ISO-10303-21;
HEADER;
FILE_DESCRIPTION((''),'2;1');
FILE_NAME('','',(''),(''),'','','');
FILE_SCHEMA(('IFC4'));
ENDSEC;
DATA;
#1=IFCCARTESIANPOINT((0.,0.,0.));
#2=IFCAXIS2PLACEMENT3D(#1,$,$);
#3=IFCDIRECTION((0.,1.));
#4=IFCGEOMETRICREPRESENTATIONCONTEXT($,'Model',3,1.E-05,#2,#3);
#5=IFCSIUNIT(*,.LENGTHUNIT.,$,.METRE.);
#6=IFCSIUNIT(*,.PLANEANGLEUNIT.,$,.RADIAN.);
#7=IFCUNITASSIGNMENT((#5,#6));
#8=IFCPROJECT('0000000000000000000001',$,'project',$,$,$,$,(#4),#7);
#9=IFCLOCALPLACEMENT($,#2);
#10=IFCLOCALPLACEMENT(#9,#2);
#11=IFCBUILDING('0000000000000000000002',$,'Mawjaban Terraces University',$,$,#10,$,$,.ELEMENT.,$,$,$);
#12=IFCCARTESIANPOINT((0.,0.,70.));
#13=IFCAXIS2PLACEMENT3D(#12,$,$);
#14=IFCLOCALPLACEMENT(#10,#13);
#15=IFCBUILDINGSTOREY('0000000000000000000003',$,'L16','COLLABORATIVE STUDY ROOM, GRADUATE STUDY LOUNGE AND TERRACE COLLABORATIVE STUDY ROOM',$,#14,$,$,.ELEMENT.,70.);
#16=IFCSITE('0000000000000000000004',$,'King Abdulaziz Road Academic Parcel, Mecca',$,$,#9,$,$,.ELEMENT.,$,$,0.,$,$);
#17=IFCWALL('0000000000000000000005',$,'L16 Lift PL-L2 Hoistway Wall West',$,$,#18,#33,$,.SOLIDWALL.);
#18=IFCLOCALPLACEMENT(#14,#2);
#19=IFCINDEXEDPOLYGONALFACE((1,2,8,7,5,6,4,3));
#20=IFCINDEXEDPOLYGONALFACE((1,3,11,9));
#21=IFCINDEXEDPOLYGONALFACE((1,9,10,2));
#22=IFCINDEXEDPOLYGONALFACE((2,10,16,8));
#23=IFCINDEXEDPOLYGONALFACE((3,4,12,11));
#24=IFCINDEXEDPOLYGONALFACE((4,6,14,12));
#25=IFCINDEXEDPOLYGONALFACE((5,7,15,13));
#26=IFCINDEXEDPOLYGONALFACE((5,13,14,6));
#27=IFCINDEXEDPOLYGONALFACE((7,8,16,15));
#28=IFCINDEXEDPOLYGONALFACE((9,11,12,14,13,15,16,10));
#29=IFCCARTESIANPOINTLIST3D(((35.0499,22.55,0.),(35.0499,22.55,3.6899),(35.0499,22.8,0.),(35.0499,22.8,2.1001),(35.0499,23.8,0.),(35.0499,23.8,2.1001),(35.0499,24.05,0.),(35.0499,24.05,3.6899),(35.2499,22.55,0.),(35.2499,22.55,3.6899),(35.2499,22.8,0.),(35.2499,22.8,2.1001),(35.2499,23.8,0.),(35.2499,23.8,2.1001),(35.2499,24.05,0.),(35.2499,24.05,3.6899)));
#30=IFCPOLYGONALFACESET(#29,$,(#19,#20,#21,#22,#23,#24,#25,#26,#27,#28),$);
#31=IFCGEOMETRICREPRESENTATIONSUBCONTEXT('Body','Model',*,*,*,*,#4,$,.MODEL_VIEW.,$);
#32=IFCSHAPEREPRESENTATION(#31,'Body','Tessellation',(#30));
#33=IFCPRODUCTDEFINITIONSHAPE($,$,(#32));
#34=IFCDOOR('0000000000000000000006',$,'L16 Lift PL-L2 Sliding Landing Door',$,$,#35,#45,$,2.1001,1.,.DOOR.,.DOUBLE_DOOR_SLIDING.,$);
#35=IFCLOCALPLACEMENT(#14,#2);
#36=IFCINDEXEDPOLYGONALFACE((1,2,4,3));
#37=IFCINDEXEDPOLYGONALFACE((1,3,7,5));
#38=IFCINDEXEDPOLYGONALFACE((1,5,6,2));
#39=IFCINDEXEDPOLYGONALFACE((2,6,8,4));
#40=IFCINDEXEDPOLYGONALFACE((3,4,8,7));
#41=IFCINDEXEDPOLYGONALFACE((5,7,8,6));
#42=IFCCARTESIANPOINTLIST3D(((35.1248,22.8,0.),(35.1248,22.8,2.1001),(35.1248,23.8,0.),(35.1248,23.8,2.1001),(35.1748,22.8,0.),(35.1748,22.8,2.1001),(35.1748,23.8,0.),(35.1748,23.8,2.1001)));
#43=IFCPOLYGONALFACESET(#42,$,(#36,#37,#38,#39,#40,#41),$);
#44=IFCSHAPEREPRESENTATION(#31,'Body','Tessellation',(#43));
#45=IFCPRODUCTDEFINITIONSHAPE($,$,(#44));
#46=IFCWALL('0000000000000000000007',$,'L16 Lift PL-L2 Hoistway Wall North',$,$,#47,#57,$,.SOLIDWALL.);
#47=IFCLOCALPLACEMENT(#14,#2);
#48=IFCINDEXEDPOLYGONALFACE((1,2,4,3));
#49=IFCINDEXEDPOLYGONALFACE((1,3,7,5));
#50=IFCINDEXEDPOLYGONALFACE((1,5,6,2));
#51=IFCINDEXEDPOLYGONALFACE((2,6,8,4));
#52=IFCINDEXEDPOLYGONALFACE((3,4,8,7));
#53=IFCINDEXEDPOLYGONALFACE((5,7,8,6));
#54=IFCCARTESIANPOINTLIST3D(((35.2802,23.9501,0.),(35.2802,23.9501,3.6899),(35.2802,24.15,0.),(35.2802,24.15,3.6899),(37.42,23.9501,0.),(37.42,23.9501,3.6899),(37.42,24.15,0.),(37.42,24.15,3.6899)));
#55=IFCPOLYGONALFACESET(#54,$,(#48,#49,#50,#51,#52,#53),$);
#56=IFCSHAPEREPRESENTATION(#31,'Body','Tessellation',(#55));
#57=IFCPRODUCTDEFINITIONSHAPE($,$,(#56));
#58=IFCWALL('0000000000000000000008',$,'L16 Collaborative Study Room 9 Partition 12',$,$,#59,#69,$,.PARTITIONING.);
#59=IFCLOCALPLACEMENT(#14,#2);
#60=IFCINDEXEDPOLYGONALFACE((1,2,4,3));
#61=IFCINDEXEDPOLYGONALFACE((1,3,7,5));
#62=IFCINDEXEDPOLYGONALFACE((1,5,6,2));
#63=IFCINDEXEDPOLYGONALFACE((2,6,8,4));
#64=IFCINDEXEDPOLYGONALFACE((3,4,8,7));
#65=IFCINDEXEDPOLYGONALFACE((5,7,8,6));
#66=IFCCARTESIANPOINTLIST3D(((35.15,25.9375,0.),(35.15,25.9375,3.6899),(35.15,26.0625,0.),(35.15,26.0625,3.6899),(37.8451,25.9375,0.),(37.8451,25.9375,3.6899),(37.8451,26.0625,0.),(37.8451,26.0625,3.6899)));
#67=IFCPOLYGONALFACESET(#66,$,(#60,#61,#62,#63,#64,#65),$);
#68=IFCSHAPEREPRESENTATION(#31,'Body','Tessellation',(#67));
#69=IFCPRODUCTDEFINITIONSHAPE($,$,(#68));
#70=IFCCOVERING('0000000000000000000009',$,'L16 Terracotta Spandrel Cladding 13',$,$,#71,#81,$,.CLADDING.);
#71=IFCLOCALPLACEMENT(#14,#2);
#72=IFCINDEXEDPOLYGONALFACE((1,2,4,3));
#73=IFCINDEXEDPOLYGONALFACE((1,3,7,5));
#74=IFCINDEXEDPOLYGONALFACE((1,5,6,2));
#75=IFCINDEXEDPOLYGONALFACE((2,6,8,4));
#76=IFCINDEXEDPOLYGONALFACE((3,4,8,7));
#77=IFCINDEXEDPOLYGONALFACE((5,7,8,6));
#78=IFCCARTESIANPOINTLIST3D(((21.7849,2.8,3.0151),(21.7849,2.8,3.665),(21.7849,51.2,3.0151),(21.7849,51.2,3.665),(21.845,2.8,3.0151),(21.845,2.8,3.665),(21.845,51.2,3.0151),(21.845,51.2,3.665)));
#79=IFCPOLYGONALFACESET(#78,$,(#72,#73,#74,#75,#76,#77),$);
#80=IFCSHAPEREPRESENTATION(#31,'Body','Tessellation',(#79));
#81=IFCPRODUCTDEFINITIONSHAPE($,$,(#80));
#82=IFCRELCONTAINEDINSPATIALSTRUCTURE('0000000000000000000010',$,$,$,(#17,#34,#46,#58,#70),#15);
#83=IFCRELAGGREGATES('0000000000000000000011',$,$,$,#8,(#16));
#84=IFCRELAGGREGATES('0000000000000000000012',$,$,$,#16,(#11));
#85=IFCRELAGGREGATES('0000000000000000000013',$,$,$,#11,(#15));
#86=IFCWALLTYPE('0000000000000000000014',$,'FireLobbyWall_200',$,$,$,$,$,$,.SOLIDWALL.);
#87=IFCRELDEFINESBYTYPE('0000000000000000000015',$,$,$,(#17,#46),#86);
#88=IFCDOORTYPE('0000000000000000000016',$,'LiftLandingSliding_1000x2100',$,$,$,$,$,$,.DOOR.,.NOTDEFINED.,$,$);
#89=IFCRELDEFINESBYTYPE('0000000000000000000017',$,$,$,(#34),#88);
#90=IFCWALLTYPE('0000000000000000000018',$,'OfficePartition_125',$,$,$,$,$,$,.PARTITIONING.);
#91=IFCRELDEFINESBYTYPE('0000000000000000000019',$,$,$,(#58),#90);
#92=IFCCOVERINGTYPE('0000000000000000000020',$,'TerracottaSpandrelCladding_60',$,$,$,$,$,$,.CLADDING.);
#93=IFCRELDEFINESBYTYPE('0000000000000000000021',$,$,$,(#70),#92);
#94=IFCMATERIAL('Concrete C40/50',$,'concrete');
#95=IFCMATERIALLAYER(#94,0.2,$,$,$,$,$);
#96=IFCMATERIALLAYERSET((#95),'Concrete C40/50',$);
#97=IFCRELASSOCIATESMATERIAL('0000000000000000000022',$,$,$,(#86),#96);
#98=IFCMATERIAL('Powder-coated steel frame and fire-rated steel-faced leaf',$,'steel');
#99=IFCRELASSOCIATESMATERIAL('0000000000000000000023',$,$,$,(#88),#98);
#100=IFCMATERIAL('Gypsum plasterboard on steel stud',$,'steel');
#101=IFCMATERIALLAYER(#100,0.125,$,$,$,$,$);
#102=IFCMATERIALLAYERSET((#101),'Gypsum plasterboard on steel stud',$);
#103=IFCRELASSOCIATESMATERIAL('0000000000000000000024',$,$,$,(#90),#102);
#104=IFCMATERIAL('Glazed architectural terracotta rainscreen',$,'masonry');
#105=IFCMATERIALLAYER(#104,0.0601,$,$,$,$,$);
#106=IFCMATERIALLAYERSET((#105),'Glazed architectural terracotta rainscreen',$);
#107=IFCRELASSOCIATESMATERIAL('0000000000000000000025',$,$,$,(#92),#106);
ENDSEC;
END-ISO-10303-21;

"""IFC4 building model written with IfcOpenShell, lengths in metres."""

from ifc_helpers import new_model, si_unit, direction, frame, frame_2d, origin, origin_2d, place, context, subcontext, project, spatial, rectangle, extrude, material, layer, layer_set, type_object, element, fill, save


model = new_model("IFC4")

# Units and contexts
model_context = context("Model", 3, precision=1e-05, world=origin(), true_north=direction((0.0, 1.0)))
body_context = subcontext(model_context, "Body", "Model", "MODEL_VIEW")
ifc_project = project(units=[si_unit("LENGTHUNIT", "METRE"), si_unit("PLANEANGLEUNIT", "RADIAN")], contexts=[model_context])

# Site, building, storey
site_placement = place(None, origin())
site = spatial("IfcSite", under=ifc_project, at=site_placement, Name="King Abdulaziz Road Academic Parcel, Mecca", CompositionType="ELEMENT", RefElevation=0.0)
building_placement = place(site_placement, origin())
building = spatial("IfcBuilding", under=site, at=building_placement, Name="Mawjaban Terraces University", CompositionType="ELEMENT")
storey_placement = place(building_placement, frame((0.0, 0.0, 70.0)))
storey = spatial("IfcBuildingStorey", under=building, at=storey_placement, Name="L16", Description="COLLABORATIVE STUDY ROOM, GRADUATE STUDY LOUNGE AND TERRACE COLLABORATIVE STUDY ROOM", CompositionType="ELEMENT", Elevation=70.0)

# Wall, opening, door
ifc_material_1 = material(Name="Concrete C40/50", Category="concrete")
ifc_layer_1 = layer(ifc_material_1, 0.2)
ifc_layer_set_1 = layer_set([ifc_layer_1], Name="Concrete C40/50")
wall_type_1 = type_object("IfcWallType", Name="FireLobbyWall_200", PredefinedType="SOLIDWALL", material=ifc_layer_set_1)
wall_1_placement = place(storey_placement, frame((35.1499, 24.05, 0.0), z_axis=(0.0, 0.0, 1.0), x_axis=(0.0, -1.0, 0.0)))
wall_1 = element("IfcWall", 1, at=wall_1_placement, inside=storey, type_object=wall_type_1, Name="L16 Lift PL-L2 Hoistway Wall West", PredefinedType="SOLIDWALL", context=body_context, shape_type="SweptSolid", body=[
    extrude(rectangle(XDim=1.5, YDim=0.2, at=frame_2d((0.75, 0.0))), origin(), (0.0, 0.0, 1.0), 3.6899),
])
opening_1_placement = place(wall_1_placement, frame((0.25, 0.0, 0.0)))
opening_1 = element("IfcOpeningElement", 2, at=opening_1_placement, cuts=wall_1, PredefinedType="OPENING", context=body_context, shape_type="SweptSolid", body=[
    extrude(rectangle(XDim=1.0, YDim=2.1001, at=frame_2d((0.5, 1.05))), frame((0.0, 0.1099, 0.0), z_axis=(0.0, -1.0, 0.0), x_axis=(1.0, 0.0, 0.0)), (0.0, 0.0, 1.0), 0.22),
])
ifc_material_2 = material(Name="Powder-coated steel frame and fire-rated steel-faced leaf", Category="steel")
door_type_1 = type_object("IfcDoorType", Name="LiftLandingSliding_1000x2100", OperationType="NOTDEFINED", PredefinedType="DOOR", material=ifc_material_2)
door_1_placement = place(opening_1_placement, origin())
door_1 = element("IfcDoor", 3, at=door_1_placement, inside=storey, type_object=door_type_1, Name="L16 Lift PL-L2 Sliding Landing Door", OperationType="DOUBLE_DOOR_SLIDING", OverallHeight=2.1001, OverallWidth=1.0, PredefinedType="DOOR", context=body_context, shape_type="SweptSolid", body=[
    extrude(rectangle(XDim=1.0, YDim=2.1001, at=frame_2d((0.5, 1.05))), frame((0.0, 0.0249, 0.0), z_axis=(0.0, -1.0, 0.0), x_axis=(1.0, 0.0, 0.0)), (0.0, 0.0, 1.0), 0.05),
])
fill(opening_1, door_1)

# Walls
wall_2_placement = place(storey_placement, frame((37.4199, 24.05, 0.0), z_axis=(0.0, 0.0, 1.0), x_axis=(-1.0, 0.0, 0.0)))
element("IfcWall", 4, at=wall_2_placement, inside=storey, type_object=wall_type_1, Name="L16 Lift PL-L2 Hoistway Wall North", PredefinedType="SOLIDWALL", context=body_context, shape_type="SweptSolid", body=[
    extrude(rectangle(XDim=2.1399, YDim=0.2, at=frame_2d((1.0698, 0.0))), origin(), (0.0, 0.0, 1.0), 3.6899),
])
ifc_material_3 = material(Name="Gypsum plasterboard on steel stud", Category="steel")
ifc_layer_2 = layer(ifc_material_3, 0.125)
ifc_layer_set_2 = layer_set([ifc_layer_2], Name="Gypsum plasterboard on steel stud")
wall_type_2 = type_object("IfcWallType", Name="OfficePartition_125", PredefinedType="PARTITIONING", material=ifc_layer_set_2)
wall_3_placement = place(storey_placement, frame((35.1499, 26.0, 0.0), z_axis=(0.0, 0.0, 1.0), x_axis=(1.0, 0.0, 0.0)))
element("IfcWall", 5, at=wall_3_placement, inside=storey, type_object=wall_type_2, Name="L16 Collaborative Study Room 9 Partition 12", PredefinedType="PARTITIONING", context=body_context, shape_type="SweptSolid", body=[
    extrude(rectangle(XDim=2.6951, YDim=0.125, at=frame_2d((1.3477, 0.0))), origin(), (0.0, 0.0, 1.0), 3.6899),
])

# Covering
ifc_material_4 = material(Name="Glazed architectural terracotta rainscreen", Category="masonry")
ifc_layer_3 = layer(ifc_material_4, 0.0601)
ifc_layer_set_3 = layer_set([ifc_layer_3], Name="Glazed architectural terracotta rainscreen")
covering_type = type_object("IfcCoveringType", Name="TerracottaSpandrelCladding_60", PredefinedType="CLADDING", material=ifc_layer_set_3)
covering_placement = place(storey_placement, frame((21.8149, 27.0, 3.0151), z_axis=(0.0, 0.0, 1.0), x_axis=(0.0, -1.0, 0.0)))
element("IfcCovering", 6, at=covering_placement, inside=storey, type_object=covering_type, Name="L16 Terracotta Spandrel Cladding 13", PredefinedType="CLADDING", context=body_context, shape_type="SweptSolid", body=[
    extrude(rectangle(XDim=48.3999, YDim=0.0601, at=origin_2d()), origin(), (0.0, 0.0, 1.0), 0.6499),
])

save(model, "model.ifc")
